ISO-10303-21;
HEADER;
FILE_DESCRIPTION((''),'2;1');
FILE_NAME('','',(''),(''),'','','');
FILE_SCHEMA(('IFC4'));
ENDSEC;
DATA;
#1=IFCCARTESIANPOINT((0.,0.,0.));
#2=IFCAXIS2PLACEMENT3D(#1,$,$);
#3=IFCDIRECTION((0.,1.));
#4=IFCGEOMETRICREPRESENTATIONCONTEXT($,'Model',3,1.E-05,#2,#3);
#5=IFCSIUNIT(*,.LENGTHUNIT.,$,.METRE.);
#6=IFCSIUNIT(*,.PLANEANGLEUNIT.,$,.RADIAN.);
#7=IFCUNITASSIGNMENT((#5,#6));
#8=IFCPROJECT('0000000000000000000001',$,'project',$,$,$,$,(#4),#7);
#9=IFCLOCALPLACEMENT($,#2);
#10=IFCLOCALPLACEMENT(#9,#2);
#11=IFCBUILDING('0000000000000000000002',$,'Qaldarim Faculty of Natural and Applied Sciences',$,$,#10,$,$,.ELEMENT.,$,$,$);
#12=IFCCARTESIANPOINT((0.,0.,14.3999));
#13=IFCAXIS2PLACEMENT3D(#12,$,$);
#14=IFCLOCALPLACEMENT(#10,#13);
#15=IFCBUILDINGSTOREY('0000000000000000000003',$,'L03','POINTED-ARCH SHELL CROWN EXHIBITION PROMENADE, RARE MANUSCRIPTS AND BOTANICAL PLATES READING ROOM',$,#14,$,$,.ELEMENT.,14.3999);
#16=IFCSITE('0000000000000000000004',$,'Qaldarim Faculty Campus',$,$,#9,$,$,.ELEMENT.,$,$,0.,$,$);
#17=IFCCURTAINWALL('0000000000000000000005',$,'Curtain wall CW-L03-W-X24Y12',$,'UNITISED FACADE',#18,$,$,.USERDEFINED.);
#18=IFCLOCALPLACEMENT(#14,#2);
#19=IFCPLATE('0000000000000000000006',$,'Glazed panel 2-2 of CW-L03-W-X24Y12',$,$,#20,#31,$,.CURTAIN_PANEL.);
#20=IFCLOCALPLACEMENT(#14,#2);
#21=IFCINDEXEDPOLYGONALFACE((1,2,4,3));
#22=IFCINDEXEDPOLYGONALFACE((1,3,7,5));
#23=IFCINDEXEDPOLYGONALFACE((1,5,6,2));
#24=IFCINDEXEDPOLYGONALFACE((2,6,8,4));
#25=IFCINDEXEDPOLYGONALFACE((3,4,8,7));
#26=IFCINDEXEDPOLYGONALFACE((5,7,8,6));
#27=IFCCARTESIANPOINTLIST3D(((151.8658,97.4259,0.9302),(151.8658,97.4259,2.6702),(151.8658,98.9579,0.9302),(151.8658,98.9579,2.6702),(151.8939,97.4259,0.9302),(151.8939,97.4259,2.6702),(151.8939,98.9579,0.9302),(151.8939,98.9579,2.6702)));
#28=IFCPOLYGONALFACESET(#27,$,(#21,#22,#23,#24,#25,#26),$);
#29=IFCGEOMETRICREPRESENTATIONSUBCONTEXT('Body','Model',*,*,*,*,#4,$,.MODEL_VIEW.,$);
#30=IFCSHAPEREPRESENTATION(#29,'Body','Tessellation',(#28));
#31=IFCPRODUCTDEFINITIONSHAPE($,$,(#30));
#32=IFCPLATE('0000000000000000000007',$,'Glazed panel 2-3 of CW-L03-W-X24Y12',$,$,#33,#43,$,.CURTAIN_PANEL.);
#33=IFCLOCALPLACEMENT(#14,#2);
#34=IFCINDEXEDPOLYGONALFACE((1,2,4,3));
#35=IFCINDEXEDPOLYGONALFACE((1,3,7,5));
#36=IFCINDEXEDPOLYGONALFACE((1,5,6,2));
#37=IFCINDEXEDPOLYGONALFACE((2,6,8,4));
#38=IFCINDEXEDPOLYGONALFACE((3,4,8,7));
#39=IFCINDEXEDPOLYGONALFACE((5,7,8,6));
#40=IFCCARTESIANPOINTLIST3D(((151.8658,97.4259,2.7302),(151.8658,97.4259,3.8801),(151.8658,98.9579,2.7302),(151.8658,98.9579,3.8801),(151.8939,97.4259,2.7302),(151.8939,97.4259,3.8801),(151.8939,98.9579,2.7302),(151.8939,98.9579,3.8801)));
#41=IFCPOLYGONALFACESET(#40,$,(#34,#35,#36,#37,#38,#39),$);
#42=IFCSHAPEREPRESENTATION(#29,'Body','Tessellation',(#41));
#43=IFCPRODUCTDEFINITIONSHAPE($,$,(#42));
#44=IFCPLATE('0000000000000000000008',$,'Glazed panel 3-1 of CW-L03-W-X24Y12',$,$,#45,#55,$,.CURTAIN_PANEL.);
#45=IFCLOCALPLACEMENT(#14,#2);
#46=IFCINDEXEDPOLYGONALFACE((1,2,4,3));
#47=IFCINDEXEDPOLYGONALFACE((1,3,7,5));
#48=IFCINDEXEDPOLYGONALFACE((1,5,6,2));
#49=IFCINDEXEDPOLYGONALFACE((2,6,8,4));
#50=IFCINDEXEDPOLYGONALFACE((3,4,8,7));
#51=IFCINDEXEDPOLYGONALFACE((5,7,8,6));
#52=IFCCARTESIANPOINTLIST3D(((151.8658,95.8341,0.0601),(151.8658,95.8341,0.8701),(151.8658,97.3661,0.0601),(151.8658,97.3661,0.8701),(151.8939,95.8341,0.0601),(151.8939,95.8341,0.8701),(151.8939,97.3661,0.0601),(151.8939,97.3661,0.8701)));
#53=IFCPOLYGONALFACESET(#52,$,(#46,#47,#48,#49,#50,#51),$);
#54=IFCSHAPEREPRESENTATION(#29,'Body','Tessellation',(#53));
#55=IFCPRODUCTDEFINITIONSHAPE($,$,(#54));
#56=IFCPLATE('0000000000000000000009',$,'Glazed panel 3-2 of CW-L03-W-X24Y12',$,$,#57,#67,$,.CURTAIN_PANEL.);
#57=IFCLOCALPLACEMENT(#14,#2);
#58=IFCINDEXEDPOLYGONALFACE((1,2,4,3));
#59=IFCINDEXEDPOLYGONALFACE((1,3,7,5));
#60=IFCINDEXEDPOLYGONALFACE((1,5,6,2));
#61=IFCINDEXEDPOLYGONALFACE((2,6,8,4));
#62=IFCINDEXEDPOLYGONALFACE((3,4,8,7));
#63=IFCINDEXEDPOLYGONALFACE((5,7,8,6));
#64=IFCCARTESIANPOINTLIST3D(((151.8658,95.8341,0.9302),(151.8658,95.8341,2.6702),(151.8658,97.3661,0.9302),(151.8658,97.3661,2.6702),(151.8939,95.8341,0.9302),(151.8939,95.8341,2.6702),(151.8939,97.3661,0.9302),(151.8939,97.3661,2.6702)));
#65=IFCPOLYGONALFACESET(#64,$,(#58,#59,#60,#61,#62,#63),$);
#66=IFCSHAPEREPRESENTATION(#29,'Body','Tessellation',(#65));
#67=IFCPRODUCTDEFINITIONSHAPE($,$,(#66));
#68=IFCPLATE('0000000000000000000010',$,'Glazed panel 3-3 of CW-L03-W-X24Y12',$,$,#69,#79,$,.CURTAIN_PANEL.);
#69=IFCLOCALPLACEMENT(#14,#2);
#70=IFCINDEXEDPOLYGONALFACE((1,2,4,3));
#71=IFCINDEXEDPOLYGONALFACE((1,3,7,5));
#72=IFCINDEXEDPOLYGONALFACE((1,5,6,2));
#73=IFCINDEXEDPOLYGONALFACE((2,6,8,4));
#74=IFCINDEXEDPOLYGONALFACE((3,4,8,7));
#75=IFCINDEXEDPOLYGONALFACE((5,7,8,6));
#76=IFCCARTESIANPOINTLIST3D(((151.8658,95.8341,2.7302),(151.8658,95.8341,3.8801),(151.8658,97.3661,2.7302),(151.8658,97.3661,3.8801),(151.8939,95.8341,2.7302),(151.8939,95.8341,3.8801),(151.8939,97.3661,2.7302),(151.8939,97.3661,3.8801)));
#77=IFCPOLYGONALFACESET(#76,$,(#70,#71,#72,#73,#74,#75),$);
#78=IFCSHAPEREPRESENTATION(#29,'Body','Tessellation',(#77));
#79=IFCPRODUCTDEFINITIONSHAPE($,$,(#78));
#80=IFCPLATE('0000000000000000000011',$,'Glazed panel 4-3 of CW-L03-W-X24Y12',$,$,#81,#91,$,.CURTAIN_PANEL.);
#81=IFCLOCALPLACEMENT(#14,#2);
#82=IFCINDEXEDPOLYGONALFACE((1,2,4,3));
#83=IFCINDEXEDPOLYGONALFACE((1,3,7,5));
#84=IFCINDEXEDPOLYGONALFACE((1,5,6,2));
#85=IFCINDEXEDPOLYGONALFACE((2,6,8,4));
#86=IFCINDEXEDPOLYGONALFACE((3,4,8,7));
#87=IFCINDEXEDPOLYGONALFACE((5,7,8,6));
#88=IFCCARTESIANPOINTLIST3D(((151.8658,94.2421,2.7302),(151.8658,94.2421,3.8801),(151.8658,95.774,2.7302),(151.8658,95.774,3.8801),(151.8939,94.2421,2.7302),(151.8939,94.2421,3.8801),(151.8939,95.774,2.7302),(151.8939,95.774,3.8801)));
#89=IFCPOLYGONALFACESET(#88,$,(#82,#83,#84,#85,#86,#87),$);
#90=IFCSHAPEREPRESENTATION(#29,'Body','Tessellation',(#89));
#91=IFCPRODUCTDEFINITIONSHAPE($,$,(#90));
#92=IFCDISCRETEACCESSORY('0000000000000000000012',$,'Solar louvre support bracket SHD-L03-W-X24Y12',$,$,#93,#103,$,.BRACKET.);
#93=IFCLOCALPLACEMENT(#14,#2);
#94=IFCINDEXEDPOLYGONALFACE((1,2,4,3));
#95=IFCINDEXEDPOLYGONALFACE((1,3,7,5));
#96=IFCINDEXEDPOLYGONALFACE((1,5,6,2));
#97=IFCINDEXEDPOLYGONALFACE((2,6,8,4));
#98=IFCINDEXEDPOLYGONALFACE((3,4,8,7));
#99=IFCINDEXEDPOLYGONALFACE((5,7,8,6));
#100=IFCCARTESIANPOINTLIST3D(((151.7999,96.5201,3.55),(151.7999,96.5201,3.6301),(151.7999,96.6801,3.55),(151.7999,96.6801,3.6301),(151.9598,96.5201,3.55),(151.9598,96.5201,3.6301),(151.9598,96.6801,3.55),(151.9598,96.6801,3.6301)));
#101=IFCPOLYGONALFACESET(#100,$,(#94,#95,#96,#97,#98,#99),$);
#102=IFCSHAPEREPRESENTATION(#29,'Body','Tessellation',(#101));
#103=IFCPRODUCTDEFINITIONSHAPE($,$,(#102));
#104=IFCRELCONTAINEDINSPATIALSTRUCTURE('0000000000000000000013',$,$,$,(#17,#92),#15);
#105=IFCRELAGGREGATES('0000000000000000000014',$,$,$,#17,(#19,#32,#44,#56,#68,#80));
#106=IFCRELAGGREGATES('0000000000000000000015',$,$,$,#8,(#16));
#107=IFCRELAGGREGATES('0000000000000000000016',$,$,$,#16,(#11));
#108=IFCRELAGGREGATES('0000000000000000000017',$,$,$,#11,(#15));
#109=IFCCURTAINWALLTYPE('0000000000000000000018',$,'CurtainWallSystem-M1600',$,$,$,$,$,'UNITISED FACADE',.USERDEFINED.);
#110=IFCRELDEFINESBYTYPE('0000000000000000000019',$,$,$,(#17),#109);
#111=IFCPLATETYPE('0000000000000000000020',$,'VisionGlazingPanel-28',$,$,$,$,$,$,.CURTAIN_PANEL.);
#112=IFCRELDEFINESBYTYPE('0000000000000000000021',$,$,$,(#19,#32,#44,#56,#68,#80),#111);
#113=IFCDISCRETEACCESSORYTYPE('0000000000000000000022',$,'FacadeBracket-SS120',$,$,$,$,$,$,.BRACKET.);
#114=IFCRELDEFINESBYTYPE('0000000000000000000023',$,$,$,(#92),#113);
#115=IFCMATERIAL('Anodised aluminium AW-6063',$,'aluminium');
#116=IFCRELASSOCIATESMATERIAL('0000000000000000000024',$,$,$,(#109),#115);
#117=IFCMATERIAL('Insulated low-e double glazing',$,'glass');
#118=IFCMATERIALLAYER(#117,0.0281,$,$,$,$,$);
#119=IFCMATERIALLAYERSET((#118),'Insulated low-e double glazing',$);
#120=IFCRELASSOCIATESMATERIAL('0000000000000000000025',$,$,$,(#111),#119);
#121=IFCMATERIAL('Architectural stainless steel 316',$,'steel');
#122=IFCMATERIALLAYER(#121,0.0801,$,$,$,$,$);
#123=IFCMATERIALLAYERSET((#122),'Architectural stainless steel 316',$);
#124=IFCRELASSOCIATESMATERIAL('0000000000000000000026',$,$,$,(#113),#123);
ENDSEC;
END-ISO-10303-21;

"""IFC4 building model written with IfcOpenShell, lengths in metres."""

from ifc_helpers import new_model, si_unit, direction, frame, origin, origin_2d, place, context, subcontext, project, spatial, rectangle, extrude, material, layer, layer_set, type_object, element, aggregate, save


model = new_model("IFC4")

# Units and contexts
model_context = context("Model", 3, precision=1e-05, world=origin(), true_north=direction((0.0, 1.0)))
body_context = subcontext(model_context, "Body", "Model", "MODEL_VIEW")
ifc_project = project(units=[si_unit("LENGTHUNIT", "METRE"), si_unit("PLANEANGLEUNIT", "RADIAN")], contexts=[model_context])

# Site, building, storey
site_placement = place(None, origin())
site = spatial("IfcSite", under=ifc_project, at=site_placement, Name="Qaldarim Faculty Campus", CompositionType="ELEMENT", RefElevation=0.0)
building_placement = place(site_placement, origin())
building = spatial("IfcBuilding", under=site, at=building_placement, Name="Qaldarim Faculty of Natural and Applied Sciences", CompositionType="ELEMENT")
storey_placement = place(building_placement, frame((0.0, 0.0, 14.3999)))
storey = spatial("IfcBuildingStorey", under=building, at=storey_placement, Name="L03", Description="POINTED-ARCH SHELL CROWN EXHIBITION PROMENADE, RARE MANUSCRIPTS AND BOTANICAL PLATES READING ROOM", CompositionType="ELEMENT", Elevation=14.3999)

# Curtain wall, plates
ifc_material_1 = material(Name="Anodised aluminium AW-6063", Category="aluminium")
curtain_wall_type = type_object("IfcCurtainWallType", Name="CurtainWallSystem-M1600", ElementType="UNITISED FACADE", PredefinedType="USERDEFINED", material=ifc_material_1)
curtain_wall_placement = place(storey_placement, origin())
curtain_wall = element("IfcCurtainWall", 1, at=curtain_wall_placement, inside=storey, type_object=curtain_wall_type, Name="Curtain wall CW-L03-W-X24Y12", ObjectType="UNITISED FACADE", PredefinedType="USERDEFINED")
ifc_material_2 = material(Name="Insulated low-e double glazing", Category="glass")
ifc_layer_1 = layer(ifc_material_2, 0.0281)
ifc_layer_set_1 = layer_set([ifc_layer_1], Name="Insulated low-e double glazing")
plate_type = type_object("IfcPlateType", Name="VisionGlazingPanel-28", PredefinedType="CURTAIN_PANEL", material=ifc_layer_set_1)
plate_1_placement = place(storey_placement, frame((151.8799, 98.1919, 0.9302), z_axis=(0.0, 0.0, 1.0), x_axis=(0.0, -1.0, 0.0)))
plate_1 = element("IfcPlate", 2, at=plate_1_placement, type_object=plate_type, Name="Glazed panel 2-2 of CW-L03-W-X24Y12", PredefinedType="CURTAIN_PANEL", context=body_context, shape_type="SweptSolid", body=[
    extrude(rectangle(XDim=1.532, YDim=0.0281, at=origin_2d()), origin(), (0.0, 0.0, 1.0), 1.74),
])
plate_2_placement = place(storey_placement, frame((151.8799, 98.1919, 2.7302), z_axis=(0.0, 0.0, 1.0), x_axis=(0.0, -1.0, 0.0)))
plate_2 = element("IfcPlate", 3, at=plate_2_placement, type_object=plate_type, Name="Glazed panel 2-3 of CW-L03-W-X24Y12", PredefinedType="CURTAIN_PANEL", context=body_context, shape_type="SweptSolid", body=[
    extrude(rectangle(XDim=1.532, YDim=0.0281, at=origin_2d()), origin(), (0.0, 0.0, 1.0), 1.1499),
])
plate_3_placement = place(storey_placement, frame((151.8799, 96.6001, 0.0601), z_axis=(0.0, 0.0, 1.0), x_axis=(0.0, -1.0, 0.0)))
plate_3 = element("IfcPlate", 4, at=plate_3_placement, type_object=plate_type, Name="Glazed panel 3-1 of CW-L03-W-X24Y12", PredefinedType="CURTAIN_PANEL", context=body_context, shape_type="SweptSolid", body=[
    extrude(rectangle(XDim=1.532, YDim=0.0281, at=origin_2d()), origin(), (0.0, 0.0, 1.0), 0.8101),
])
plate_4_placement = place(storey_placement, frame((151.8799, 96.6001, 0.9302), z_axis=(0.0, 0.0, 1.0), x_axis=(0.0, -1.0, 0.0)))
plate_4 = element("IfcPlate", 5, at=plate_4_placement, type_object=plate_type, Name="Glazed panel 3-2 of CW-L03-W-X24Y12", PredefinedType="CURTAIN_PANEL", context=body_context, shape_type="SweptSolid", body=[
    extrude(rectangle(XDim=1.532, YDim=0.0281, at=origin_2d()), origin(), (0.0, 0.0, 1.0), 1.74),
])
plate_5_placement = place(storey_placement, frame((151.8799, 96.6001, 2.7302), z_axis=(0.0, 0.0, 1.0), x_axis=(0.0, -1.0, 0.0)))
plate_5 = element("IfcPlate", 6, at=plate_5_placement, type_object=plate_type, Name="Glazed panel 3-3 of CW-L03-W-X24Y12", PredefinedType="CURTAIN_PANEL", context=body_context, shape_type="SweptSolid", body=[
    extrude(rectangle(XDim=1.532, YDim=0.0281, at=origin_2d()), origin(), (0.0, 0.0, 1.0), 1.1499),
])
plate_6_placement = place(storey_placement, frame((151.8799, 95.0081, 2.7302), z_axis=(0.0, 0.0, 1.0), x_axis=(0.0, -1.0, 0.0)))
plate_6 = element("IfcPlate", 7, at=plate_6_placement, type_object=plate_type, Name="Glazed panel 4-3 of CW-L03-W-X24Y12", PredefinedType="CURTAIN_PANEL", context=body_context, shape_type="SweptSolid", body=[
    extrude(rectangle(XDim=1.532, YDim=0.0281, at=origin_2d()), origin(), (0.0, 0.0, 1.0), 1.1499),
])
aggregate(curtain_wall, [plate_1, plate_2, plate_3, plate_4, plate_5, plate_6])

# Discrete accessory
ifc_material_3 = material(Name="Architectural stainless steel 316", Category="steel")
ifc_layer_2 = layer(ifc_material_3, 0.0801)
ifc_layer_set_2 = layer_set([ifc_layer_2], Name="Architectural stainless steel 316")
discrete_accessory_type = type_object("IfcDiscreteAccessoryType", Name="FacadeBracket-SS120", PredefinedType="BRACKET", material=ifc_layer_set_2)
discrete_accessory_placement = place(storey_placement, frame((151.8799, 96.6001, 3.55), z_axis=(0.0, 0.0, 1.0), x_axis=(0.0, 1.0, 0.0)))
element("IfcDiscreteAccessory", 8, at=discrete_accessory_placement, inside=storey, type_object=discrete_accessory_type, Name="Solar louvre support bracket SHD-L03-W-X24Y12", PredefinedType="BRACKET", context=body_context, shape_type="SweptSolid", body=[
    extrude(rectangle(XDim=0.1599, YDim=0.1599, at=origin_2d()), origin(), (0.0, 0.0, 1.0), 0.0801),
])

save(model, "model.ifc")
